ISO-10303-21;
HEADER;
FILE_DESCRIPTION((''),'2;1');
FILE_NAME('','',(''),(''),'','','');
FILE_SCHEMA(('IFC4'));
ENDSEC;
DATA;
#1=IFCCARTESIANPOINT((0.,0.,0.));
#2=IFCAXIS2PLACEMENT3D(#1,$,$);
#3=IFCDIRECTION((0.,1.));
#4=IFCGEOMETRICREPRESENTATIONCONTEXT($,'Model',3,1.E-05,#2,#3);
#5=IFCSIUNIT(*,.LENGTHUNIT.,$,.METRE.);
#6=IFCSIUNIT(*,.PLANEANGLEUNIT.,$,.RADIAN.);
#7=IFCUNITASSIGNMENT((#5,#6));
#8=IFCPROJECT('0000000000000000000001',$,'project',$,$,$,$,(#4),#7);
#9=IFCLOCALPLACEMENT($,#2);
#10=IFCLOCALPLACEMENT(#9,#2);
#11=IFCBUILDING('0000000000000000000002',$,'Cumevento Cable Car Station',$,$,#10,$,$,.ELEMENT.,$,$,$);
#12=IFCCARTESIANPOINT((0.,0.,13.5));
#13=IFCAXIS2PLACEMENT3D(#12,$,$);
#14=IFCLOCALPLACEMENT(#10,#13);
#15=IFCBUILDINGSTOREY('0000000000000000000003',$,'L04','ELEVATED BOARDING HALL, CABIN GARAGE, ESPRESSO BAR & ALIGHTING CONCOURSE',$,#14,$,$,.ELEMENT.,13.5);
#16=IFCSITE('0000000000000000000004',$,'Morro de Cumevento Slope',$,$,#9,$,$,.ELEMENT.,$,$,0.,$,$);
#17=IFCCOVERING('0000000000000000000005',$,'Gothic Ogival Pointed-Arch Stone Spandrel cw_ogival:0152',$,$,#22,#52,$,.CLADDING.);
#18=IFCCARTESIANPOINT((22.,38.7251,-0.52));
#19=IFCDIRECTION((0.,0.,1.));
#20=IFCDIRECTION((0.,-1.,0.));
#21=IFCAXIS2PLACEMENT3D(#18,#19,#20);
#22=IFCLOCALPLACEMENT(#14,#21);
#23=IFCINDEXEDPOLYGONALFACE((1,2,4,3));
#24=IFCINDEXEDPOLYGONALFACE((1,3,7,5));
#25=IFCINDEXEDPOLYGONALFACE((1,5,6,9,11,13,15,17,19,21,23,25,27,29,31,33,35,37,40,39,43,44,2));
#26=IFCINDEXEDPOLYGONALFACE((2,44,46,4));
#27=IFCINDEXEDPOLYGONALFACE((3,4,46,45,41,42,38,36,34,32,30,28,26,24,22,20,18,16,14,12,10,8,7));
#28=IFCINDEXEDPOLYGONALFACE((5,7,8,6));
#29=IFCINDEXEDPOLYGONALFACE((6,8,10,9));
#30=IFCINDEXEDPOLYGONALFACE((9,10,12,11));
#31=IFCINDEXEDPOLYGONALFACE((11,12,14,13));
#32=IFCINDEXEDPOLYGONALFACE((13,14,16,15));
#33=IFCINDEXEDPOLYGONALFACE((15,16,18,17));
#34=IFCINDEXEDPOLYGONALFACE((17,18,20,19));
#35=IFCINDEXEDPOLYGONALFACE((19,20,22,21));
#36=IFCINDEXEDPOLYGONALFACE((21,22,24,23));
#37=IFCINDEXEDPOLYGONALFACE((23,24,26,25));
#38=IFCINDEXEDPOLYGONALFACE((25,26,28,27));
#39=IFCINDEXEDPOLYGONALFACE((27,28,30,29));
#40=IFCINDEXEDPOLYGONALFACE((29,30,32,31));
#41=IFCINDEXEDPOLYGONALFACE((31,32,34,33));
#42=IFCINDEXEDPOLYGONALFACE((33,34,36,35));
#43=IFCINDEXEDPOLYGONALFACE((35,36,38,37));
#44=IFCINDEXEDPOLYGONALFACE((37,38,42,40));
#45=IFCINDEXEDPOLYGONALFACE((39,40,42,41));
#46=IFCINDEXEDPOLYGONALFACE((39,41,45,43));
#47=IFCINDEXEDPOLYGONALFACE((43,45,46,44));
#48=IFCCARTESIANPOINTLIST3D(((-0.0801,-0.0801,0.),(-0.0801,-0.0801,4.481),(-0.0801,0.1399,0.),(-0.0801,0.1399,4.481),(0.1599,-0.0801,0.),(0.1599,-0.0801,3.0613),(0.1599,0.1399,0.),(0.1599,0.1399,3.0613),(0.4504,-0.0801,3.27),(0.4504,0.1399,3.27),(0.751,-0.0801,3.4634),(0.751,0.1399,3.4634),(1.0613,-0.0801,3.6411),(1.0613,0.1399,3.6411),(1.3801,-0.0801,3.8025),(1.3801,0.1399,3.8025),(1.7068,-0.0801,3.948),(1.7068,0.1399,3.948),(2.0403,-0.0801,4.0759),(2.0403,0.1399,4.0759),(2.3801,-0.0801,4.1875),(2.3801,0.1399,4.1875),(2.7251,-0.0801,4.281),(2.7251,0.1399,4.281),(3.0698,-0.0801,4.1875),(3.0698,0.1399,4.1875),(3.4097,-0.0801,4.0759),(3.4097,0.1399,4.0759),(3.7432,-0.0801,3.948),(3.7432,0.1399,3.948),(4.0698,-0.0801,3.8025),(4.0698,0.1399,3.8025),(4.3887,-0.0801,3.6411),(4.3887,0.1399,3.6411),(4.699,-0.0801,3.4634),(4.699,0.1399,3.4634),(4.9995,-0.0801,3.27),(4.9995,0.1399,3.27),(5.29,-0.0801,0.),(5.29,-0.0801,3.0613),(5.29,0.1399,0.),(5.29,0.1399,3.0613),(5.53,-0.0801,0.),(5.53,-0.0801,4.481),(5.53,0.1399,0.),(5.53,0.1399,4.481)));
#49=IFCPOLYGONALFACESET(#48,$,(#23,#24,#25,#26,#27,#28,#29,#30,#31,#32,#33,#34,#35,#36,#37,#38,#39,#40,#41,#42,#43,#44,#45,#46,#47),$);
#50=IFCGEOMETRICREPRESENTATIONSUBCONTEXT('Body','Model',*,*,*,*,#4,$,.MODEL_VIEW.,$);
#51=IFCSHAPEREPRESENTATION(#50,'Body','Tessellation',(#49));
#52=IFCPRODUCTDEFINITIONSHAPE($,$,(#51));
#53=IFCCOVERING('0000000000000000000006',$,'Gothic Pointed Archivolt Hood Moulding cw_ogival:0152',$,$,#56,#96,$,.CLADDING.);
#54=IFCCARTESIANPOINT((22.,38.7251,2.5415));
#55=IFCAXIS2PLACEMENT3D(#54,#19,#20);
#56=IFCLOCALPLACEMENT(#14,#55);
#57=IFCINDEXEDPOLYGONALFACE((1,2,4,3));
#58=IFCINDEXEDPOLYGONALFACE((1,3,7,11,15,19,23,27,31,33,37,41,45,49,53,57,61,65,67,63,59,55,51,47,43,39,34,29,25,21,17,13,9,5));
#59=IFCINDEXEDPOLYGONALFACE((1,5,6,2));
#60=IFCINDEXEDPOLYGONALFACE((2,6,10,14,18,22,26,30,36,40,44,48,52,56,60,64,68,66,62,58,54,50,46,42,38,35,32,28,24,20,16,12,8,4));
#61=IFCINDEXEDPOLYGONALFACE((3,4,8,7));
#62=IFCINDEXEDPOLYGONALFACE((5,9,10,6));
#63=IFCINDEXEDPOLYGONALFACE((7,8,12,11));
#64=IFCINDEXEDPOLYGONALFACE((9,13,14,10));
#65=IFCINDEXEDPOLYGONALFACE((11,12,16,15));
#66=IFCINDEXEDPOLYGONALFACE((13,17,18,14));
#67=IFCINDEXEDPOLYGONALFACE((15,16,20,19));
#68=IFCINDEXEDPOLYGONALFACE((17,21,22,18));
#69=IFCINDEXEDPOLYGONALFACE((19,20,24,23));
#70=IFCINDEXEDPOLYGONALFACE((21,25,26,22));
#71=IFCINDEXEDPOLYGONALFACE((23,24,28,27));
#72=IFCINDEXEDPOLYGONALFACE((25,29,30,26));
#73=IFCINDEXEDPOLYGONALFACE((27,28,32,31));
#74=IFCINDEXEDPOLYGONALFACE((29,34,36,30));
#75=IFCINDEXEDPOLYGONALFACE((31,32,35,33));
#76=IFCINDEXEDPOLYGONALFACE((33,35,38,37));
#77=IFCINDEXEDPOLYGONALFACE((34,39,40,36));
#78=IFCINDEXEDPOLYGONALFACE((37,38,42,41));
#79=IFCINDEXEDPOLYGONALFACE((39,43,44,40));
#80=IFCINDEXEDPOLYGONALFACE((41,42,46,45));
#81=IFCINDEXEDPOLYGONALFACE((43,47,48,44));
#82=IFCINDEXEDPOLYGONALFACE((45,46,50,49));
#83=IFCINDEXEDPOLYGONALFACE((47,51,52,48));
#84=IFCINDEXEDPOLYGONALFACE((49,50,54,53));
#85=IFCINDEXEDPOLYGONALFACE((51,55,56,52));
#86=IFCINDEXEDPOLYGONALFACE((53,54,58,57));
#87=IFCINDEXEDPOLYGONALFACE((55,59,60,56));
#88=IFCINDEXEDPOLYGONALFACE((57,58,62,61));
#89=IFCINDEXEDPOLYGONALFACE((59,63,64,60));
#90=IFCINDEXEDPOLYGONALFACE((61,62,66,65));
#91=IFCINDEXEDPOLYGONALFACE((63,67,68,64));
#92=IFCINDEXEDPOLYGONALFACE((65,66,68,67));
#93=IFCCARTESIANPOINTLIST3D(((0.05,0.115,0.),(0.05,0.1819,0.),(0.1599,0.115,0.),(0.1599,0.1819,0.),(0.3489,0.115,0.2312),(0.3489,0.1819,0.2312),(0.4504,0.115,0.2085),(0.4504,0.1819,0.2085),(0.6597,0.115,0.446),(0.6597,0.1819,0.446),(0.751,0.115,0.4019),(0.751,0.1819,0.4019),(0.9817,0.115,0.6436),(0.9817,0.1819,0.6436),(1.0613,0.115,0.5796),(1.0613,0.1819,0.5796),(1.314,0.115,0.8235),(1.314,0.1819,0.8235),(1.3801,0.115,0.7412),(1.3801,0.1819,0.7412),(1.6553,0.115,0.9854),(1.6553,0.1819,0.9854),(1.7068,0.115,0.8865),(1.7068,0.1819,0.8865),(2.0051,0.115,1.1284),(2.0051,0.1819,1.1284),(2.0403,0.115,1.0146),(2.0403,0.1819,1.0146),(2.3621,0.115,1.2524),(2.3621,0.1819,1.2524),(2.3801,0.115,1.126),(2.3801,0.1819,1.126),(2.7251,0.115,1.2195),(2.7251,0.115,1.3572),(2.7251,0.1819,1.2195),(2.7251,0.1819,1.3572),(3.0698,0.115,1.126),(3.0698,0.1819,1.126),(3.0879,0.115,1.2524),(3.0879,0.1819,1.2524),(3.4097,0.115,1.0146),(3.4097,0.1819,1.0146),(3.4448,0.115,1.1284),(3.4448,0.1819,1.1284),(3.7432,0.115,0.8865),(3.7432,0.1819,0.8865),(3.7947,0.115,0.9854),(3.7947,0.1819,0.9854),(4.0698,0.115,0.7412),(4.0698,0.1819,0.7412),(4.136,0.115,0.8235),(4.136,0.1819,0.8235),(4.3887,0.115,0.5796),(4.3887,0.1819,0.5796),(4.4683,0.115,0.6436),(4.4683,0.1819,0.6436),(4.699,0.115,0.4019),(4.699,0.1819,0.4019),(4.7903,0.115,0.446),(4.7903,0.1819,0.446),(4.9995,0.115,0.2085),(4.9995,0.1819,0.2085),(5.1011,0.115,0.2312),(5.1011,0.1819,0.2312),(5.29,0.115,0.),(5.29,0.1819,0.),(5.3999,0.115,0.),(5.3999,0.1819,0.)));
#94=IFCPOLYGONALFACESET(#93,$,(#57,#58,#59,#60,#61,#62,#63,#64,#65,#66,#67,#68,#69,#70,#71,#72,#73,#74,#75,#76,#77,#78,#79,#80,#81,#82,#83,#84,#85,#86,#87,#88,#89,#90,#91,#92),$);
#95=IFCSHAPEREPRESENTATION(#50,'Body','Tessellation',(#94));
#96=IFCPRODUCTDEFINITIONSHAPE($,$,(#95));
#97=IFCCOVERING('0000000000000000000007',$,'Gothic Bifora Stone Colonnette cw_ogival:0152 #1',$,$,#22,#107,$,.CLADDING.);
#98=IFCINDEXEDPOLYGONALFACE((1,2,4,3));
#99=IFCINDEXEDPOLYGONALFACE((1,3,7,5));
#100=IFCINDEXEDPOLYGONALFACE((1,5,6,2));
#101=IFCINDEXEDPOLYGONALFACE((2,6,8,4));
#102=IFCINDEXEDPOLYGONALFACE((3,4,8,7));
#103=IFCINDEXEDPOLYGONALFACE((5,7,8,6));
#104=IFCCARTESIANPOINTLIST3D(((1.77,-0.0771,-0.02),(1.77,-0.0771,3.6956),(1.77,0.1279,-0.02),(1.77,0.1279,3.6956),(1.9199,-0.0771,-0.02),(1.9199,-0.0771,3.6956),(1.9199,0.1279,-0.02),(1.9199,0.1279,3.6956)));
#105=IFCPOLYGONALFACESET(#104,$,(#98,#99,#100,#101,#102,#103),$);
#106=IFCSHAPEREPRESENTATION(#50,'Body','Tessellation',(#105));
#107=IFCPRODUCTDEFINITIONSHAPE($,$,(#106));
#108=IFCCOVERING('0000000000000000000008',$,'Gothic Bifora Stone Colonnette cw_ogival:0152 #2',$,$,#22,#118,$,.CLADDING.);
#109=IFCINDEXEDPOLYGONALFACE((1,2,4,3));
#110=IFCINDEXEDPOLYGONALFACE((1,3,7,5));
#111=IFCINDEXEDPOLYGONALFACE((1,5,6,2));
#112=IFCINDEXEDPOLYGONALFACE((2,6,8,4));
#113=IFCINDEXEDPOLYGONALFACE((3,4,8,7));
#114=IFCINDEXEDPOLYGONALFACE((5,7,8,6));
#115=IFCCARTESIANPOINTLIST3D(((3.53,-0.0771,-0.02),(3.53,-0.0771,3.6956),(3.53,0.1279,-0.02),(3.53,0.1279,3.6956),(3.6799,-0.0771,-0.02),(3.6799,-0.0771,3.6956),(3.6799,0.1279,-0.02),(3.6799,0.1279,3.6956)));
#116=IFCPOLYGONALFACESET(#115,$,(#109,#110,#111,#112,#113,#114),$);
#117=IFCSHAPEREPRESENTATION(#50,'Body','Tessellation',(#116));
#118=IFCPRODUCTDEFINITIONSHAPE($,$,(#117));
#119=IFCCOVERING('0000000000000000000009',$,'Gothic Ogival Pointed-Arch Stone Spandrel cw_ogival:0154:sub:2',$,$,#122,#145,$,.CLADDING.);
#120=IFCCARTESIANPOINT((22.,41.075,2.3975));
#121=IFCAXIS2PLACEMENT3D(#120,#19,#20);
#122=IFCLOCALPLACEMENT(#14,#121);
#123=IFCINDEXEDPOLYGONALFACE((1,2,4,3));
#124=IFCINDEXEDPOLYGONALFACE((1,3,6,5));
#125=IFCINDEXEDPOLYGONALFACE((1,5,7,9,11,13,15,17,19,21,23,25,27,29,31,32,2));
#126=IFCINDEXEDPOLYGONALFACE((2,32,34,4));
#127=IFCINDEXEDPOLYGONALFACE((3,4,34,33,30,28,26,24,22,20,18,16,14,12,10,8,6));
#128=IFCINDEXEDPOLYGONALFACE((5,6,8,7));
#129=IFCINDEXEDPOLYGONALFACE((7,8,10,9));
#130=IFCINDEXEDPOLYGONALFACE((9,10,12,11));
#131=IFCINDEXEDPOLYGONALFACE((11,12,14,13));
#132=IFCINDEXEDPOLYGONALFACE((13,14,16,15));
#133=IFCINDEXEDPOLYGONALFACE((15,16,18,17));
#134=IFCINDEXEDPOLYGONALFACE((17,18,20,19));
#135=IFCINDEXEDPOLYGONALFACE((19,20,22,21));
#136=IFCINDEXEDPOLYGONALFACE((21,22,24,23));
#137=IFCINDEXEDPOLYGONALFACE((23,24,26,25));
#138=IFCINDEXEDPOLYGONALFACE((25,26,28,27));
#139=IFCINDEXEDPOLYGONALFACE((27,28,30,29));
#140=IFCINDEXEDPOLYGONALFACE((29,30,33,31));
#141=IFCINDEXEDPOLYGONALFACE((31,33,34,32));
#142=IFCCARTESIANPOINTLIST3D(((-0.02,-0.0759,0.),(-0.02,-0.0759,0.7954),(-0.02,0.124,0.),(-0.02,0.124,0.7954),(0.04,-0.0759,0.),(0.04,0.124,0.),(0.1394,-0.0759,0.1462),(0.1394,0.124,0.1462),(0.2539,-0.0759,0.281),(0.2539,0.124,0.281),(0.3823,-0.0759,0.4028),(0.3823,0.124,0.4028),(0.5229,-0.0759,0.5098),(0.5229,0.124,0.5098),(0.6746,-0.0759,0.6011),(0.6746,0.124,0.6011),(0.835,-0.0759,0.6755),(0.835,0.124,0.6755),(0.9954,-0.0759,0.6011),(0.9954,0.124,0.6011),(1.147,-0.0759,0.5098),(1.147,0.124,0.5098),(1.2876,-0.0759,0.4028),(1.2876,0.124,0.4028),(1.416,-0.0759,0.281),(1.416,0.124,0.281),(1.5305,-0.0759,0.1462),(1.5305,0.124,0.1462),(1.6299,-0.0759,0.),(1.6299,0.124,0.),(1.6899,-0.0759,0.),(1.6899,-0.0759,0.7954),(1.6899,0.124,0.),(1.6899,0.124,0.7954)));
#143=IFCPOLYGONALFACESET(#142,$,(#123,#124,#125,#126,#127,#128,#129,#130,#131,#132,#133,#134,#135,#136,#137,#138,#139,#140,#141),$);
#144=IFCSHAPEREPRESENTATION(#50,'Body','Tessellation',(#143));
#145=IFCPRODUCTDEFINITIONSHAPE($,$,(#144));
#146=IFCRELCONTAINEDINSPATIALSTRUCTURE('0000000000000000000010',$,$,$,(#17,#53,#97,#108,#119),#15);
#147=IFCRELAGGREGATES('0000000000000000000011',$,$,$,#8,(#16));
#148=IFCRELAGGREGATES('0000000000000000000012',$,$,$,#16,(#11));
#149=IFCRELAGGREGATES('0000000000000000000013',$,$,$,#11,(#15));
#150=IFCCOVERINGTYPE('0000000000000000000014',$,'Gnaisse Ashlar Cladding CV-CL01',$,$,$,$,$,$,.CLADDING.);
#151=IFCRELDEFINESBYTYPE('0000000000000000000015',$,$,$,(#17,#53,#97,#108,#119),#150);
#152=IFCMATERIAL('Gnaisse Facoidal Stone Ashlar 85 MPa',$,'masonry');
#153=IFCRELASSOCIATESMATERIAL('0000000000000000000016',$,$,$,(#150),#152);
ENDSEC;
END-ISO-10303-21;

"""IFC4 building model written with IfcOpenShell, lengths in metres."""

from ifc_helpers import new_model, si_unit, direction, frame, origin, place, context, subcontext, project, spatial, polyline, outline, extrude, material, type_object, element, save


model = new_model("IFC4")

# Units and contexts
model_context = context("Model", 3, precision=1e-05, world=origin(), true_north=direction((0.0, 1.0)))
body_context = subcontext(model_context, "Body", "Model", "MODEL_VIEW")
ifc_project = project(units=[si_unit("LENGTHUNIT", "METRE"), si_unit("PLANEANGLEUNIT", "RADIAN")], contexts=[model_context])

# Site, building, storey
site_placement = place(None, origin())
site = spatial("IfcSite", under=ifc_project, at=site_placement, Name="Morro de Cumevento Slope", CompositionType="ELEMENT", RefElevation=0.0)
building_placement = place(site_placement, origin())
building = spatial("IfcBuilding", under=site, at=building_placement, Name="Cumevento Cable Car Station", CompositionType="ELEMENT")
storey_placement = place(building_placement, frame((0.0, 0.0, 13.5)))
storey = spatial("IfcBuildingStorey", under=building, at=storey_placement, Name="L04", Description="ELEVATED BOARDING HALL, CABIN GARAGE, ESPRESSO BAR & ALIGHTING CONCOURSE", CompositionType="ELEMENT", Elevation=13.5)

# Coverings
ifc_material_1 = material(Name="Gnaisse Facoidal Stone Ashlar 85 MPa", Category="masonry")
covering_type = type_object("IfcCoveringType", Name="Gnaisse Ashlar Cladding CV-CL01", PredefinedType="CLADDING", material=ifc_material_1)
placement = place(storey_placement, frame((22.0, 38.7251, -0.52), z_axis=(0.0, 0.0, 1.0), x_axis=(0.0, -1.0, 0.0)))
element("IfcCovering", 1, at=placement, inside=storey, type_object=covering_type, Name="Gothic Ogival Pointed-Arch Stone Spandrel cw_ogival:0152", PredefinedType="CLADDING", context=body_context, shape_type="SweptSolid", body=[
    extrude(outline(polyline([(-0.0801, 0.0), (-0.0801, 4.481), (5.53, 4.481), (5.53, 0.0), (5.29, 0.0), (5.29, 3.0613), (4.9995, 3.27), (4.699, 3.4634), (4.3887, 3.6411), (4.0698, 3.8025), (3.7432, 3.948), (3.4097, 4.0759), (3.0698, 4.1875), (2.7251, 4.281), (2.3801, 4.1875), (2.0403, 4.0759), (1.7068, 3.948), (1.3801, 3.8025), (1.0613, 3.6411), (0.751, 3.4634), (0.4504, 3.27), (0.1599, 3.0613), (0.1599, 0.0), (-0.0801, 0.0)])), frame((0.0, 0.1399, 0.0), z_axis=(0.0, -1.0, 0.0), x_axis=(1.0, 0.0, 0.0)), (0.0, 0.0, 1.0), 0.22),
])
covering_1_placement = place(storey_placement, frame((22.0, 38.7251, 2.5415), z_axis=(0.0, 0.0, 1.0), x_axis=(0.0, -1.0, 0.0)))
element("IfcCovering", 2, at=covering_1_placement, inside=storey, type_object=covering_type, Name="Gothic Pointed Archivolt Hood Moulding cw_ogival:0152", PredefinedType="CLADDING", context=body_context, shape_type="SweptSolid", body=[
    extrude(outline(polyline([(0.1599, 0.0), (0.4504, 0.2085), (0.751, 0.4019), (1.0613, 0.5796), (1.3801, 0.7412), (1.7068, 0.8865), (2.0403, 1.0146), (2.3801, 1.126), (2.7251, 1.2195), (3.0698, 1.126), (3.4097, 1.0146), (3.7432, 0.8865), (4.0698, 0.7412), (4.3887, 0.5796), (4.699, 0.4019), (4.9995, 0.2085), (5.29, 0.0), (5.3999, 0.0), (5.1011, 0.2312), (4.7903, 0.446), (4.4683, 0.6436), (4.136, 0.8235), (3.7947, 0.9854), (3.4448, 1.1284), (3.0879, 1.2524), (2.7251, 1.3572), (2.3621, 1.2524), (2.0051, 1.1284), (1.6553, 0.9854), (1.314, 0.8235), (0.9817, 0.6436), (0.6597, 0.446), (0.3489, 0.2312), (0.05, 0.0), (0.1599, 0.0)])), frame((0.0, 0.1819, 0.0), z_axis=(0.0, -1.0, 0.0), x_axis=(1.0, 0.0, 0.0)), (0.0, 0.0, 1.0), 0.0669),
])
element("IfcCovering", 3, at=placement, inside=storey, type_object=covering_type, Name="Gothic Bifora Stone Colonnette cw_ogival:0152 #1", PredefinedType="CLADDING", context=body_context, shape_type="SweptSolid", body=[
    extrude(outline(polyline([(1.77, -0.02), (1.9199, -0.02), (1.9199, 3.6956), (1.77, 3.6956), (1.77, -0.02)])), frame((0.0, 0.1279, 0.0), z_axis=(0.0, -1.0, 0.0), x_axis=(1.0, 0.0, 0.0)), (0.0, 0.0, 1.0), 0.2051),
])
element("IfcCovering", 4, at=placement, inside=storey, type_object=covering_type, Name="Gothic Bifora Stone Colonnette cw_ogival:0152 #2", PredefinedType="CLADDING", context=body_context, shape_type="SweptSolid", body=[
    extrude(outline(polyline([(3.53, -0.02), (3.6799, -0.02), (3.6799, 3.6956), (3.53, 3.6956), (3.53, -0.02)])), frame((0.0, 0.1279, 0.0), z_axis=(0.0, -1.0, 0.0), x_axis=(1.0, 0.0, 0.0)), (0.0, 0.0, 1.0), 0.2051),
])
covering_2_placement = place(storey_placement, frame((22.0, 41.075, 2.3975), z_axis=(0.0, 0.0, 1.0), x_axis=(0.0, -1.0, 0.0)))
element("IfcCovering", 5, at=covering_2_placement, inside=storey, type_object=covering_type, Name="Gothic Ogival Pointed-Arch Stone Spandrel cw_ogival:0154:sub:2", PredefinedType="CLADDING", context=body_context, shape_type="SweptSolid", body=[
    extrude(outline(polyline([(-0.02, 0.0), (-0.02, 0.7954), (1.6899, 0.7954), (1.6899, 0.0), (1.6299, 0.0), (1.5305, 0.1462), (1.416, 0.281), (1.2876, 0.4028), (1.147, 0.5098), (0.9954, 0.6011), (0.835, 0.6755), (0.6746, 0.6011), (0.5229, 0.5098), (0.3823, 0.4028), (0.2539, 0.281), (0.1394, 0.1462), (0.04, 0.0), (-0.02, 0.0)])), frame((0.0, 0.124, 0.0), z_axis=(0.0, -1.0, 0.0), x_axis=(1.0, 0.0, 0.0)), (0.0, 0.0, 1.0), 0.2),
])

save(model, "model.ifc")
